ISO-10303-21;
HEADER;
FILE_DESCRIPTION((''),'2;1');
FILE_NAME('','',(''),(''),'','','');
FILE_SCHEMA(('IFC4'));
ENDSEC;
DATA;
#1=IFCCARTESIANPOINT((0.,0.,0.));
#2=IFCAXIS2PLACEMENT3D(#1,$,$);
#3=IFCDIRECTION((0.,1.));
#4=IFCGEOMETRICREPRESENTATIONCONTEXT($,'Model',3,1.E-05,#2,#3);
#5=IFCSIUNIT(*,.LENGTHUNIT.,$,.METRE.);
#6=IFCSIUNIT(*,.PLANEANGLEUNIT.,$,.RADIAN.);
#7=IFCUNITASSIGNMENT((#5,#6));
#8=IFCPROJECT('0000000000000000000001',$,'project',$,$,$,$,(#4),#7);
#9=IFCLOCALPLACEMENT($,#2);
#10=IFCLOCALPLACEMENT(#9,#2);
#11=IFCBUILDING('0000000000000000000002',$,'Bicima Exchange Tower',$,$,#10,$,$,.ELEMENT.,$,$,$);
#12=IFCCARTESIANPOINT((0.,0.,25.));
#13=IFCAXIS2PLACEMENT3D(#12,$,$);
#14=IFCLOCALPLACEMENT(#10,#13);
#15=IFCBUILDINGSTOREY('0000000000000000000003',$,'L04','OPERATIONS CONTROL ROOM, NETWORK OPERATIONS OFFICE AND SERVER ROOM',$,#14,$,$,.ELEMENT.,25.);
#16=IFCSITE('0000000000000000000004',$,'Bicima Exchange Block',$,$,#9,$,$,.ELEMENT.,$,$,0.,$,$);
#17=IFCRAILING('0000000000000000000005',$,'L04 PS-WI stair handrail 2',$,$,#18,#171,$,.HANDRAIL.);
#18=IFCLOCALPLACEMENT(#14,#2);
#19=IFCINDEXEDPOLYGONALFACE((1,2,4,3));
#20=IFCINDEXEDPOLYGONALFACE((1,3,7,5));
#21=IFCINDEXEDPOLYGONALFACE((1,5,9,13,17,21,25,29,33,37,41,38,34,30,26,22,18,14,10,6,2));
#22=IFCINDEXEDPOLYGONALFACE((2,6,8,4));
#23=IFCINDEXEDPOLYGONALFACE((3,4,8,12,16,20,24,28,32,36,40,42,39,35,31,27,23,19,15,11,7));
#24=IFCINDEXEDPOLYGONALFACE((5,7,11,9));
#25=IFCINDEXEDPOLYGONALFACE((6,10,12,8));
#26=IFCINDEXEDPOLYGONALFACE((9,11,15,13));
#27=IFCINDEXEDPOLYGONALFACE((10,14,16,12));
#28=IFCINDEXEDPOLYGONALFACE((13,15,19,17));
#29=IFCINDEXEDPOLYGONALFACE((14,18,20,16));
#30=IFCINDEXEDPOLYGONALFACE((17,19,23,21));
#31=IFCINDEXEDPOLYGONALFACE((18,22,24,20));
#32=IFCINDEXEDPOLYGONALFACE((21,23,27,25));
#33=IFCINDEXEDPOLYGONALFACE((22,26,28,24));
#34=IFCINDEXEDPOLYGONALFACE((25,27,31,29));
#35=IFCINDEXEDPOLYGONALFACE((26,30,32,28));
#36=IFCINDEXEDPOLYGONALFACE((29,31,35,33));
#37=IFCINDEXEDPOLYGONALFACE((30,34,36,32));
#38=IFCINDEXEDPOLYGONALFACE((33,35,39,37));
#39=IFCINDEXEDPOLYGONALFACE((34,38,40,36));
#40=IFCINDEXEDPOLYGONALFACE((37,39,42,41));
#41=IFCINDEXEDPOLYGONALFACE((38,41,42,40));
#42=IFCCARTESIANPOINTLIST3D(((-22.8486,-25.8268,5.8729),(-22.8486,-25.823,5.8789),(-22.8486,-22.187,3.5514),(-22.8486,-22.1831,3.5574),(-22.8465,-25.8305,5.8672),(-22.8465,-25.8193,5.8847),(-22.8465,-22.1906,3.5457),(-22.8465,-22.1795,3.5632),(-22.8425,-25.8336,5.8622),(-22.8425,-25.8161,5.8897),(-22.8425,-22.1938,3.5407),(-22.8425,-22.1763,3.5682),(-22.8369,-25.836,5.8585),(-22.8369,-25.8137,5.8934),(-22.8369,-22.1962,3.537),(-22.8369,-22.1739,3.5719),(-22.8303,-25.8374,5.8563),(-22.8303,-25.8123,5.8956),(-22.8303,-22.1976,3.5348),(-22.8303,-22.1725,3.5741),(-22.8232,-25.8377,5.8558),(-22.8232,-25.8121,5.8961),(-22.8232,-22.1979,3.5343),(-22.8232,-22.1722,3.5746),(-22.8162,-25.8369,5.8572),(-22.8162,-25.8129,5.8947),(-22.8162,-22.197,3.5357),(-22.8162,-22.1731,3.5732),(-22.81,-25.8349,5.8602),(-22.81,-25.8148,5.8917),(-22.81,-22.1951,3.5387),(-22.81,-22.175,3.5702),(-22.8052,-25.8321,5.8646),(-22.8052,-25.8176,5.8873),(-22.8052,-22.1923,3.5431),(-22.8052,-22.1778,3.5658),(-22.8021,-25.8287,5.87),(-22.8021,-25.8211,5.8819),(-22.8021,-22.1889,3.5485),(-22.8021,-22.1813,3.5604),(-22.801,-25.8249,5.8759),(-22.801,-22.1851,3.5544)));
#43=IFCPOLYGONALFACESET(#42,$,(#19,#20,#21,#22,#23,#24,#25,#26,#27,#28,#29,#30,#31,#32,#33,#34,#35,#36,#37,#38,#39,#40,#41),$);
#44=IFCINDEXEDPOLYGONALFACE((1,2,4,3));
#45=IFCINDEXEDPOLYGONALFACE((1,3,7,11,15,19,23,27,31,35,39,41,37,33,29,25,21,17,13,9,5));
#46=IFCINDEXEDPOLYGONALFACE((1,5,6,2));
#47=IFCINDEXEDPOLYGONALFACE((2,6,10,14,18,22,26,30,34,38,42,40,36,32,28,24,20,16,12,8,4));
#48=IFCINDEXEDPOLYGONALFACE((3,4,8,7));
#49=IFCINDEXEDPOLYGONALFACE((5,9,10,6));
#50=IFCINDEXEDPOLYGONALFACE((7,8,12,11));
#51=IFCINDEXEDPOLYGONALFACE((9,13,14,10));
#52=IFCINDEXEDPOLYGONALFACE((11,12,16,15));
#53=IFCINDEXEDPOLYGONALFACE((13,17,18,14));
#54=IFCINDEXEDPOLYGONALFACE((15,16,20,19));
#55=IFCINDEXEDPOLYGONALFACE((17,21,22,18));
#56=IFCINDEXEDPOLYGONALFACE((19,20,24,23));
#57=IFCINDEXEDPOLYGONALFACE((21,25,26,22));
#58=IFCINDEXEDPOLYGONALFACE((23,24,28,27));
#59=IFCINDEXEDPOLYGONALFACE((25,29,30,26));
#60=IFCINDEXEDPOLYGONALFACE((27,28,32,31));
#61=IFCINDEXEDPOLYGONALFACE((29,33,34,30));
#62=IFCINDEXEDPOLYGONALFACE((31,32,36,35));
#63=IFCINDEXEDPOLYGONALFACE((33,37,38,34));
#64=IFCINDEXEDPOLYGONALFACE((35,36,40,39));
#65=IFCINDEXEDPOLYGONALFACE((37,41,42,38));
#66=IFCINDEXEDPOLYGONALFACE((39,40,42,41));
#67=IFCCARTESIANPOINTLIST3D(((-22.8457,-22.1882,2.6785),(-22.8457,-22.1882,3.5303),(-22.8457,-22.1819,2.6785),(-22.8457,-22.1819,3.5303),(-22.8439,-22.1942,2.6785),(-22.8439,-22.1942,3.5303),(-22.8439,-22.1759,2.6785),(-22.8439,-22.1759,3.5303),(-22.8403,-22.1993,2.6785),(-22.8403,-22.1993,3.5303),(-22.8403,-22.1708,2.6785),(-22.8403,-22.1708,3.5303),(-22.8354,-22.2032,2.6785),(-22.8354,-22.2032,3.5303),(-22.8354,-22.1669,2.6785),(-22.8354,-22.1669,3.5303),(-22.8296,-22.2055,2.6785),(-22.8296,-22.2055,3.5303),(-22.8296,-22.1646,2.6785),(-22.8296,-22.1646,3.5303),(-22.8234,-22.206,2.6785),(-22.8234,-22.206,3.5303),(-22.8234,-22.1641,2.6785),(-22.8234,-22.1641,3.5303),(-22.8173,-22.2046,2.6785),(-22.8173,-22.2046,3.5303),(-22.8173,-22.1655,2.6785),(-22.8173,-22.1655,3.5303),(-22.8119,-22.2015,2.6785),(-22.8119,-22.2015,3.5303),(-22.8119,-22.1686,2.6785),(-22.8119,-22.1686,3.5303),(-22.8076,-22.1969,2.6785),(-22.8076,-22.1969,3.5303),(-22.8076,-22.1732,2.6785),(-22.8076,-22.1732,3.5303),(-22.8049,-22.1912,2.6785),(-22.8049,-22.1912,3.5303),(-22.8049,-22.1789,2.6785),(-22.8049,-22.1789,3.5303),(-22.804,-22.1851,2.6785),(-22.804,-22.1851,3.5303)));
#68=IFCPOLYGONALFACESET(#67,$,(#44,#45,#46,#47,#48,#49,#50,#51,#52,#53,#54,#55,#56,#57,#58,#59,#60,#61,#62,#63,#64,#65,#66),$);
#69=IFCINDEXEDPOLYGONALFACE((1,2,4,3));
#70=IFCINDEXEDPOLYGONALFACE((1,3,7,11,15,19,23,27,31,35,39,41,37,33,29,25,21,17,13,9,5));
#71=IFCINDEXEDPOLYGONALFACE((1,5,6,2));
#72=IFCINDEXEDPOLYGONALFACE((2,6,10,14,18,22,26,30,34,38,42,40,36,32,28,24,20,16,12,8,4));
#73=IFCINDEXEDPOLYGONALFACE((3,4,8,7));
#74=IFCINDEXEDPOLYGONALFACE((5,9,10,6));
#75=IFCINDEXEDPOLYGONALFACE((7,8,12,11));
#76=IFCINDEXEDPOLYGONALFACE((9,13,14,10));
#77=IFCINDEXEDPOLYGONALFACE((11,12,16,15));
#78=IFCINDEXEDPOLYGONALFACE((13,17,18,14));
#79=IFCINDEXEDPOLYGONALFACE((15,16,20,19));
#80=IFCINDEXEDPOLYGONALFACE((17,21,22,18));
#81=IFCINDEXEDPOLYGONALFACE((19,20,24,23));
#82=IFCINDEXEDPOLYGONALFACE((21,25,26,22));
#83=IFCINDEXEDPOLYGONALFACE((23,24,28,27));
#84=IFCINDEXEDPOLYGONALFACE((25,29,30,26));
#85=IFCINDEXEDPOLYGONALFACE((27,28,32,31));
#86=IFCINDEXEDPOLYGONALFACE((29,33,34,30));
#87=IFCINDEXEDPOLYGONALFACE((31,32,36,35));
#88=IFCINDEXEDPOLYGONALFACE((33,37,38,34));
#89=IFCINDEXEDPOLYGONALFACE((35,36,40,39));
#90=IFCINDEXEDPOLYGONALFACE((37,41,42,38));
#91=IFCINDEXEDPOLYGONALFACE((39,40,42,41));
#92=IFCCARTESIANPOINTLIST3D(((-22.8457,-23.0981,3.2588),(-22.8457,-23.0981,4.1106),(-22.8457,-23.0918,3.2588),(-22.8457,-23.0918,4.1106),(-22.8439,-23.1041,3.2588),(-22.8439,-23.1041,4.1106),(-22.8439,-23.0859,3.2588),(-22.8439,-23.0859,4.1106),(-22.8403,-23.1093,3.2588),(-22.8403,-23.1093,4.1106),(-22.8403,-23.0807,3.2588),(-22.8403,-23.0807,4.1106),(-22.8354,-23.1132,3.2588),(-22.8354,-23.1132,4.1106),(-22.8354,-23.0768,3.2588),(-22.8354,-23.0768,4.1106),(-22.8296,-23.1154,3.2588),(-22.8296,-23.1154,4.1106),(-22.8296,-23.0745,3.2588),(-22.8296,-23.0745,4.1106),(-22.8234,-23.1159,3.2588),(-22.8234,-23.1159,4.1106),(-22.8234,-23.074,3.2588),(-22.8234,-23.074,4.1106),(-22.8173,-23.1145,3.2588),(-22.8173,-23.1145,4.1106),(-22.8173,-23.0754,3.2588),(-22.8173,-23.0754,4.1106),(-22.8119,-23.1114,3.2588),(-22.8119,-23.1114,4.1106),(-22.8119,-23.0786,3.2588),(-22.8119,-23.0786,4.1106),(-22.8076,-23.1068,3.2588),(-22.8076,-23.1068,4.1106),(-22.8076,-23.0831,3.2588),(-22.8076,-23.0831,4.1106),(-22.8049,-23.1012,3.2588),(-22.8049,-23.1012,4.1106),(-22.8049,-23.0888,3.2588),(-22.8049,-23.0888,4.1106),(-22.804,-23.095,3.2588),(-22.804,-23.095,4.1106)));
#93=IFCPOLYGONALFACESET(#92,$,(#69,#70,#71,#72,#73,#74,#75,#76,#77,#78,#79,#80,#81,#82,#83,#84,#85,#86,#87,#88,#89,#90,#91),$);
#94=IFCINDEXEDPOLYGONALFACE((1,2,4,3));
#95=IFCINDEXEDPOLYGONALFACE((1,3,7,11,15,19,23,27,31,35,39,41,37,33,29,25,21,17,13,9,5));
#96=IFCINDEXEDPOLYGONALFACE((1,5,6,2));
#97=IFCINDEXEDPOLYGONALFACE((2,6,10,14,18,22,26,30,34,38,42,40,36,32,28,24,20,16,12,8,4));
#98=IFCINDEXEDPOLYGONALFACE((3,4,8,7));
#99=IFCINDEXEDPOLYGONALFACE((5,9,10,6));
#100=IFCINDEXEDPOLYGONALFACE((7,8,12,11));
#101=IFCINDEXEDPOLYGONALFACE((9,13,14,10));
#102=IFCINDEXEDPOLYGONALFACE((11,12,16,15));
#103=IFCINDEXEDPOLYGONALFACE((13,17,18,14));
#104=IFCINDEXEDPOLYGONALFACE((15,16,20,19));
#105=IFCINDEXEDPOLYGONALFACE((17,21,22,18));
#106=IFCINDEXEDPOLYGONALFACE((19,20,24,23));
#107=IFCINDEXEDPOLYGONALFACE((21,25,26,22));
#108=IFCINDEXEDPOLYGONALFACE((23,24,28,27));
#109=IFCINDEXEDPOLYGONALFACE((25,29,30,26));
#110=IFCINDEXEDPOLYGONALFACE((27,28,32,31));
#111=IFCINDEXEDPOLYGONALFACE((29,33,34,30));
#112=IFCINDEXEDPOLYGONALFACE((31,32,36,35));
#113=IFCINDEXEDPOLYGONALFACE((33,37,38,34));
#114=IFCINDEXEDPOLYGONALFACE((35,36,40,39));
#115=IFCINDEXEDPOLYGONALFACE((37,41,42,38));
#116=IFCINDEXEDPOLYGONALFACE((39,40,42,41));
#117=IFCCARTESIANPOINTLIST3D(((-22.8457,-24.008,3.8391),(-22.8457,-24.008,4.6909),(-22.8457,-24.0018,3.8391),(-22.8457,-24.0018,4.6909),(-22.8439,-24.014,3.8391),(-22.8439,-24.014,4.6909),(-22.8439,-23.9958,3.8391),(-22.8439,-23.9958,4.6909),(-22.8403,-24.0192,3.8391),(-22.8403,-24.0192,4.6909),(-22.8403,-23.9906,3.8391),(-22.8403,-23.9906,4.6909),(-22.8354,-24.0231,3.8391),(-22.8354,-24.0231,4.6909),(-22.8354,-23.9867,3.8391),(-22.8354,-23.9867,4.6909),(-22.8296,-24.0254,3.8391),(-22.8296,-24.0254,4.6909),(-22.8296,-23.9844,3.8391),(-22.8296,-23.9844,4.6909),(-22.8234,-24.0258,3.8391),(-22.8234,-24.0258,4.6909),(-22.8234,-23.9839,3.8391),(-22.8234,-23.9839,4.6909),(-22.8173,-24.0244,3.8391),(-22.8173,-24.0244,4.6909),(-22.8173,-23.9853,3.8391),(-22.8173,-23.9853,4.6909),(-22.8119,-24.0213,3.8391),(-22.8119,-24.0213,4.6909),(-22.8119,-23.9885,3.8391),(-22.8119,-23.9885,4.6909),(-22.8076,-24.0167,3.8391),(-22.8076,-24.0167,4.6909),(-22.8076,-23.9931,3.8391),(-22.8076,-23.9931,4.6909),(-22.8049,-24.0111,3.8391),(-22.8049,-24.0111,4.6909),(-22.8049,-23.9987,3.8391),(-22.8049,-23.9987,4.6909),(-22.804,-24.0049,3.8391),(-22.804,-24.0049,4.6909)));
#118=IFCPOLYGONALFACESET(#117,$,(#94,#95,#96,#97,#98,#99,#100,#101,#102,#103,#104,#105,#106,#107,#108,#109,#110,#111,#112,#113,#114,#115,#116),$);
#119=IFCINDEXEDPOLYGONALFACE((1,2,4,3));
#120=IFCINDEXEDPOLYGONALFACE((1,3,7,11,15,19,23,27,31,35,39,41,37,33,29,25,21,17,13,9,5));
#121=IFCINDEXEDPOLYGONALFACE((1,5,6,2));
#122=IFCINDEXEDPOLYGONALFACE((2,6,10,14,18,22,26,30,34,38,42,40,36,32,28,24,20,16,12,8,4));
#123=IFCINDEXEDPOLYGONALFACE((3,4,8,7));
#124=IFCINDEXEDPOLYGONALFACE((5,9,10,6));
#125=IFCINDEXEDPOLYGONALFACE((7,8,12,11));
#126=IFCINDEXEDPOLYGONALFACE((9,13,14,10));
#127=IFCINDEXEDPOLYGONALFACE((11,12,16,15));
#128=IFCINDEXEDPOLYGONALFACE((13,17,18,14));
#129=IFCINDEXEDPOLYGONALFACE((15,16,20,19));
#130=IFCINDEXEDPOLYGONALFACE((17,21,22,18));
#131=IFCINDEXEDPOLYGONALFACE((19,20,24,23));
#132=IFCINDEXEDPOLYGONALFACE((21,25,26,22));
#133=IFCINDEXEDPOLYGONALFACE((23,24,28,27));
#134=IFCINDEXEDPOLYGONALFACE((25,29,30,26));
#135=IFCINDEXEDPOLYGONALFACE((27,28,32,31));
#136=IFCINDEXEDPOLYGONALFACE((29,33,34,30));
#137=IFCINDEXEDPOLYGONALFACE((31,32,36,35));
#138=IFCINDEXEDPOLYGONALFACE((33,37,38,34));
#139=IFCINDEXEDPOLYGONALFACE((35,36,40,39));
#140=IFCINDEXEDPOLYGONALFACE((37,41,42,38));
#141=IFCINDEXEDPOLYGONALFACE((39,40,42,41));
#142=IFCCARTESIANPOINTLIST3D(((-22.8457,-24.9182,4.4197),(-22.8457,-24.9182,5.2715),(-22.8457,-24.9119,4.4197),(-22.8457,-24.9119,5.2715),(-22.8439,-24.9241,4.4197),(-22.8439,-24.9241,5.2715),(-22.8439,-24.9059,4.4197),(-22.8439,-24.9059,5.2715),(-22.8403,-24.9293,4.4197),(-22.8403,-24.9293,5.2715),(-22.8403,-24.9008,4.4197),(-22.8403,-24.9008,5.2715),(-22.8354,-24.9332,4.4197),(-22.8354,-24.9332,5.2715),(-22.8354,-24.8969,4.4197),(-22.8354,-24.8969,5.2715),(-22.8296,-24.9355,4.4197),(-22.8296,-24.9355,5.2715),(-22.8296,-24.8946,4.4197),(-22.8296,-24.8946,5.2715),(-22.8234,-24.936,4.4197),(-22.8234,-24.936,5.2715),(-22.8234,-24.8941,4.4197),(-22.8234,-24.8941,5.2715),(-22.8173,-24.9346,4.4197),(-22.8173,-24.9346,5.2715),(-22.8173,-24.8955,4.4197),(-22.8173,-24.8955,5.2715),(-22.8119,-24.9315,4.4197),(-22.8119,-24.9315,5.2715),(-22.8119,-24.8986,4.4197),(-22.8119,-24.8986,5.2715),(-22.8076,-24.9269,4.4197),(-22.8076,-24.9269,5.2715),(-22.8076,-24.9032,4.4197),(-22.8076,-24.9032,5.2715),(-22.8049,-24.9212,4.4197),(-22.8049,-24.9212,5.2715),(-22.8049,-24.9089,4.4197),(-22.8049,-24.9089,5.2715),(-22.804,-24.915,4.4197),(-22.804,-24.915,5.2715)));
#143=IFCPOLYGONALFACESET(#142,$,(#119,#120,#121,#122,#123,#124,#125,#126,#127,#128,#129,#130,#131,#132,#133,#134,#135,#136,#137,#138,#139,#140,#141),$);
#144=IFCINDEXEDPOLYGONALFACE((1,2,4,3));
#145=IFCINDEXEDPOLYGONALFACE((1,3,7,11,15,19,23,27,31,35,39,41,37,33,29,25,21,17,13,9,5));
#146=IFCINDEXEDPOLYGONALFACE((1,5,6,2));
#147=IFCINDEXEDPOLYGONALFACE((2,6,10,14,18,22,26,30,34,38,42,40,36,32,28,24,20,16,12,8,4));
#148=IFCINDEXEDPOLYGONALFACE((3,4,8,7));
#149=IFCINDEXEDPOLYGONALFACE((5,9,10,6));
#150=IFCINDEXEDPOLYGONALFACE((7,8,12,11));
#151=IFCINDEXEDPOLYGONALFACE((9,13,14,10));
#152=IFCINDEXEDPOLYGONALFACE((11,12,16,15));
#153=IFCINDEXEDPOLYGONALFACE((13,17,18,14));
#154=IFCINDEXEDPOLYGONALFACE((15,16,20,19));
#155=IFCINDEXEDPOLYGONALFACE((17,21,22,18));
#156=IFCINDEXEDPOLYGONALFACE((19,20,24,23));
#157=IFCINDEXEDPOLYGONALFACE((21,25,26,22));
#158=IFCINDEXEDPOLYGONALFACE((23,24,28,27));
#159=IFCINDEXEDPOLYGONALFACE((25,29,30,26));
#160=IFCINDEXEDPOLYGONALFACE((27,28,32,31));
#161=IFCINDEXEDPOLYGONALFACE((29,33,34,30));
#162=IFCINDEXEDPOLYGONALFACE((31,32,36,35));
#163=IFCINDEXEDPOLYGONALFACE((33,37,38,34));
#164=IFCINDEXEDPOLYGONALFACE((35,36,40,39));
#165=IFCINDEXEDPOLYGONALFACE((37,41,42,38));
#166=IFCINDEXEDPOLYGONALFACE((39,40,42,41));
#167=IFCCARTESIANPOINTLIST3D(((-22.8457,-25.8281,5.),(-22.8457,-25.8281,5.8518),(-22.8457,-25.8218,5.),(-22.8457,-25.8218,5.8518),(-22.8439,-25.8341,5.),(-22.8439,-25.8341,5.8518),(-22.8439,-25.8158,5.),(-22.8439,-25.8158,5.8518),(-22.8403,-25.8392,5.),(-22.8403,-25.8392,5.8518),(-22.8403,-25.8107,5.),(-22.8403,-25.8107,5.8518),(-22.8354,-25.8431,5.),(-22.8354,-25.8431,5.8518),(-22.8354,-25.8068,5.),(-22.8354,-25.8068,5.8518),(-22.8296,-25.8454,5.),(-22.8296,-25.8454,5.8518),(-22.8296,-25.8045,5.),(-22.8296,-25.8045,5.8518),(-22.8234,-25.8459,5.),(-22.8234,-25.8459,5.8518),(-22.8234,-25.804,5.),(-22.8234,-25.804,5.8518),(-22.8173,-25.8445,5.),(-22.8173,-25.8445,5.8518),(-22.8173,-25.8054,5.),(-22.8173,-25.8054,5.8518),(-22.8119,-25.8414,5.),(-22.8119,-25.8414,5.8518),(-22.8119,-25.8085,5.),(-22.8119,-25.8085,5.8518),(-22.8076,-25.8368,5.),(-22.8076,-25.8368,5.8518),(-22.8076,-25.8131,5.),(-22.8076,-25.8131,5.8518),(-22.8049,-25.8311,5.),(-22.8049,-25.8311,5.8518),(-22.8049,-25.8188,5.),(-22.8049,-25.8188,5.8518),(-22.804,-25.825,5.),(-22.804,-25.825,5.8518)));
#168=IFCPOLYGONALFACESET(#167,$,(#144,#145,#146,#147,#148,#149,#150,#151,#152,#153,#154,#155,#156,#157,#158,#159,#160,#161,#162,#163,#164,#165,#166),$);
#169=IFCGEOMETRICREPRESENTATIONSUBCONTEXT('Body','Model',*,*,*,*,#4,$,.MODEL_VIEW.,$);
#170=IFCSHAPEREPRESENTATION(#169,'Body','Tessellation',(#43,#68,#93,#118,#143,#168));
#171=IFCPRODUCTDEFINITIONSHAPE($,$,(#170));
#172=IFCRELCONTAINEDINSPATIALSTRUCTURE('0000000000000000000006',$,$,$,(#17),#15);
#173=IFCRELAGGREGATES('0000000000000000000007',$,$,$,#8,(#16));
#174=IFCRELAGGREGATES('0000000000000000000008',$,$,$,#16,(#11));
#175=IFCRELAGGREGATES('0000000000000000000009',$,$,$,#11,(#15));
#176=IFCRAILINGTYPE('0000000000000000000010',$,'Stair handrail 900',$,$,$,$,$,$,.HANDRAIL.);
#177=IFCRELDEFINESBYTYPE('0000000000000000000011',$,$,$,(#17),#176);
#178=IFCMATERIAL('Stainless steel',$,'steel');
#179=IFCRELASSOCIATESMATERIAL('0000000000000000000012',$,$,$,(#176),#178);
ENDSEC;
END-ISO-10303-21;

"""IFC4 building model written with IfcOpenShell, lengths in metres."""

from ifc_helpers import new_model, si_unit, direction, frame, origin, origin_2d, place, context, subcontext, project, spatial, circle, extrude, material, type_object, element, save


model = new_model("IFC4")

# Units and contexts
model_context = context("Model", 3, precision=1e-05, world=origin(), true_north=direction((0.0, 1.0)))
body_context = subcontext(model_context, "Body", "Model", "MODEL_VIEW")
ifc_project = project(units=[si_unit("LENGTHUNIT", "METRE"), si_unit("PLANEANGLEUNIT", "RADIAN")], contexts=[model_context])

# Site, building, storey
site_placement = place(None, origin())
site = spatial("IfcSite", under=ifc_project, at=site_placement, Name="Bicima Exchange Block", CompositionType="ELEMENT", RefElevation=0.0)
building_placement = place(site_placement, origin())
building = spatial("IfcBuilding", under=site, at=building_placement, Name="Bicima Exchange Tower", CompositionType="ELEMENT")
storey_placement = place(building_placement, frame((0.0, 0.0, 25.0)))
storey = spatial("IfcBuildingStorey", under=building, at=storey_placement, Name="L04", Description="OPERATIONS CONTROL ROOM, NETWORK OPERATIONS OFFICE AND SERVER ROOM", CompositionType="ELEMENT", Elevation=25.0)

# Railing
ifc_material_1 = material(Name="Stainless steel", Category="steel")
railing_type_1 = type_object("IfcRailingType", Name="Stair handrail 900", PredefinedType="HANDRAIL", material=ifc_material_1)
railing_1_placement = place(storey_placement, frame((-22.825, -22.1851, 2.6785)))
element("IfcRailing", 1, at=railing_1_placement, inside=storey, type_object=railing_type_1, Name="L04 PS-WI stair handrail 2", PredefinedType="HANDRAIL", context=body_context, shape_type="SweptSolid", body=[
    extrude(circle(Radius=0.0239, at=origin_2d()), frame((0.0, 0.0, 0.876), z_axis=(0.0, -0.843112, 0.537739), x_axis=(1.0, 0.0, 0.0)), (0.0, 0.0, 1.0), 4.3171),
    extrude(circle(Radius=0.021, at=origin_2d()), origin(), (0.0, 0.0, 1.0), 0.8518),
    extrude(circle(Radius=0.021, at=origin_2d()), frame((0.0, -0.9099, 0.5803)), (0.0, 0.0, 1.0), 0.8518),
    extrude(circle(Radius=0.021, at=origin_2d()), frame((0.0, -1.8198, 1.1606)), (0.0, 0.0, 1.0), 0.8518),
    extrude(circle(Radius=0.021, at=origin_2d()), frame((0.0, -2.73, 1.7412)), (0.0, 0.0, 1.0), 0.8518),
    extrude(circle(Radius=0.021, at=origin_2d()), frame((0.0, -3.6399, 2.3215)), (0.0, 0.0, 1.0), 0.8518),
])

save(model, "model.ifc")
